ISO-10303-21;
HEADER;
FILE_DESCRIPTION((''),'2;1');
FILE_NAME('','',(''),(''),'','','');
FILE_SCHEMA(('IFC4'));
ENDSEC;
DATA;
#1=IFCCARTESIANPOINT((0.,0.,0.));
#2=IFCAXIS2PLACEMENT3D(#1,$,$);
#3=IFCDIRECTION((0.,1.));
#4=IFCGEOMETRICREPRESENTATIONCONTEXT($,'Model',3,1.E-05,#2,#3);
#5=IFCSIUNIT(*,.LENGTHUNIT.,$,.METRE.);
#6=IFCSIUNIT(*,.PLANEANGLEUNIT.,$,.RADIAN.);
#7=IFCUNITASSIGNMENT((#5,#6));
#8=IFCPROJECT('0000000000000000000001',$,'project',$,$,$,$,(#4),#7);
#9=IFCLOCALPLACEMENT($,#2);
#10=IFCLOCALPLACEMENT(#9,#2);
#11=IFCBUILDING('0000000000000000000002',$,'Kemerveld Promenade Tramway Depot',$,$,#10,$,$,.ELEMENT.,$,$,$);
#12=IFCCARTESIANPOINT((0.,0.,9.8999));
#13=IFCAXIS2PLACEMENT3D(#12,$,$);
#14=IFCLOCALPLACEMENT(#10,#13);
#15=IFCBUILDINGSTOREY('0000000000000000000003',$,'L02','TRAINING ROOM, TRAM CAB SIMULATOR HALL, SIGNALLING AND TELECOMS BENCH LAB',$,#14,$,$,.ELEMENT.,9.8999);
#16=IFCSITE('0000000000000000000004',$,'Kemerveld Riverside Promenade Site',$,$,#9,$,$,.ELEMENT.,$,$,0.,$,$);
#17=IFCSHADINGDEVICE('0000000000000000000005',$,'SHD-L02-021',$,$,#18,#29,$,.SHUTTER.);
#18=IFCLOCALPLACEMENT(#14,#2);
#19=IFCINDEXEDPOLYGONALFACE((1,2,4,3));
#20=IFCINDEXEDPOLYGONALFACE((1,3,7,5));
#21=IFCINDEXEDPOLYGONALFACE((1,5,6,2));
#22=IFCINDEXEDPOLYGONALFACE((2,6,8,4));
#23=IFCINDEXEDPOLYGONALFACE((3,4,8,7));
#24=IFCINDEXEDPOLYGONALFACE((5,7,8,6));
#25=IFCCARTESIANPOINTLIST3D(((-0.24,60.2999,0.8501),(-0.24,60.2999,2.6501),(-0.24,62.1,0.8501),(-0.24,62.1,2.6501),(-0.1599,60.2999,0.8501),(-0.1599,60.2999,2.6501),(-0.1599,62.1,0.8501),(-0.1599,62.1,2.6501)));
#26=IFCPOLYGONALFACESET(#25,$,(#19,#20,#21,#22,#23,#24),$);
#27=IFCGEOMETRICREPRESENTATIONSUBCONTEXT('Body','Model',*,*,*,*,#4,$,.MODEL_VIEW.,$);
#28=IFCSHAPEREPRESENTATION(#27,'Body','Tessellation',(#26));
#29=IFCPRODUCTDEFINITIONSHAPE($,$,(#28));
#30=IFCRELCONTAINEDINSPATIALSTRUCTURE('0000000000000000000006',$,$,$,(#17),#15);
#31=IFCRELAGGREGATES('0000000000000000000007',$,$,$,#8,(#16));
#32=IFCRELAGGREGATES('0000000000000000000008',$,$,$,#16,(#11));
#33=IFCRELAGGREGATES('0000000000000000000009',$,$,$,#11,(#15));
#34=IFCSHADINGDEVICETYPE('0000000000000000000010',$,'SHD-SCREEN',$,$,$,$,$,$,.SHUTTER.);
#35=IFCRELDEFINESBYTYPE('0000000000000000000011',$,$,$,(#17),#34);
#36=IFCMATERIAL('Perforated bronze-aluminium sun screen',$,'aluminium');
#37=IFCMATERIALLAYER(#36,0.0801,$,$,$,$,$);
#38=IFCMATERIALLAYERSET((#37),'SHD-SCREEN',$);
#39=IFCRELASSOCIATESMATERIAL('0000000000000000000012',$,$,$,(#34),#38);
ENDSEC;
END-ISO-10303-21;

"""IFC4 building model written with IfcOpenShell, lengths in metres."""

from ifc_helpers import new_model, si_unit, direction, frame, origin, origin_2d, place, context, subcontext, project, spatial, rectangle, extrude, material, layer, layer_set, type_object, element, save


model = new_model("IFC4")

# Units and contexts
model_context = context("Model", 3, precision=1e-05, world=origin(), true_north=direction((0.0, 1.0)))
body_context = subcontext(model_context, "Body", "Model", "MODEL_VIEW")
ifc_project = project(units=[si_unit("LENGTHUNIT", "METRE"), si_unit("PLANEANGLEUNIT", "RADIAN")], contexts=[model_context])

# Site, building, storey
site_placement = place(None, origin())
site = spatial("IfcSite", under=ifc_project, at=site_placement, Name="Kemerveld Riverside Promenade Site", CompositionType="ELEMENT", RefElevation=0.0)
building_placement = place(site_placement, origin())
building = spatial("IfcBuilding", under=site, at=building_placement, Name="Kemerveld Promenade Tramway Depot", CompositionType="ELEMENT")
storey_placement = place(building_placement, frame((0.0, 0.0, 9.8999)))
storey = spatial("IfcBuildingStorey", under=building, at=storey_placement, Name="L02", Description="TRAINING ROOM, TRAM CAB SIMULATOR HALL, SIGNALLING AND TELECOMS BENCH LAB", CompositionType="ELEMENT", Elevation=9.8999)

# Shading device
ifc_material_1 = material(Name="Perforated bronze-aluminium sun screen", Category="aluminium")
ifc_layer_1 = layer(ifc_material_1, 0.0801)
ifc_layer_set_1 = layer_set([ifc_layer_1], Name="SHD-SCREEN")
shading_device_type = type_object("IfcShadingDeviceType", Name="SHD-SCREEN", PredefinedType="SHUTTER", material=ifc_layer_set_1)
shading_device_placement = place(storey_placement, frame((-0.2, 61.2, 0.8501), z_axis=(0.0, 0.0, 1.0), x_axis=(1.0, 0.0, 0.0)))
element("IfcShadingDevice", 1, at=shading_device_placement, inside=storey, type_object=shading_device_type, Name="SHD-L02-021", PredefinedType="SHUTTER", context=body_context, shape_type="SweptSolid", body=[
    extrude(rectangle(XDim=0.0801, YDim=1.8, at=origin_2d()), origin(), (0.0, 0.0, 1.0), 1.8),
])

save(model, "model.ifc")
